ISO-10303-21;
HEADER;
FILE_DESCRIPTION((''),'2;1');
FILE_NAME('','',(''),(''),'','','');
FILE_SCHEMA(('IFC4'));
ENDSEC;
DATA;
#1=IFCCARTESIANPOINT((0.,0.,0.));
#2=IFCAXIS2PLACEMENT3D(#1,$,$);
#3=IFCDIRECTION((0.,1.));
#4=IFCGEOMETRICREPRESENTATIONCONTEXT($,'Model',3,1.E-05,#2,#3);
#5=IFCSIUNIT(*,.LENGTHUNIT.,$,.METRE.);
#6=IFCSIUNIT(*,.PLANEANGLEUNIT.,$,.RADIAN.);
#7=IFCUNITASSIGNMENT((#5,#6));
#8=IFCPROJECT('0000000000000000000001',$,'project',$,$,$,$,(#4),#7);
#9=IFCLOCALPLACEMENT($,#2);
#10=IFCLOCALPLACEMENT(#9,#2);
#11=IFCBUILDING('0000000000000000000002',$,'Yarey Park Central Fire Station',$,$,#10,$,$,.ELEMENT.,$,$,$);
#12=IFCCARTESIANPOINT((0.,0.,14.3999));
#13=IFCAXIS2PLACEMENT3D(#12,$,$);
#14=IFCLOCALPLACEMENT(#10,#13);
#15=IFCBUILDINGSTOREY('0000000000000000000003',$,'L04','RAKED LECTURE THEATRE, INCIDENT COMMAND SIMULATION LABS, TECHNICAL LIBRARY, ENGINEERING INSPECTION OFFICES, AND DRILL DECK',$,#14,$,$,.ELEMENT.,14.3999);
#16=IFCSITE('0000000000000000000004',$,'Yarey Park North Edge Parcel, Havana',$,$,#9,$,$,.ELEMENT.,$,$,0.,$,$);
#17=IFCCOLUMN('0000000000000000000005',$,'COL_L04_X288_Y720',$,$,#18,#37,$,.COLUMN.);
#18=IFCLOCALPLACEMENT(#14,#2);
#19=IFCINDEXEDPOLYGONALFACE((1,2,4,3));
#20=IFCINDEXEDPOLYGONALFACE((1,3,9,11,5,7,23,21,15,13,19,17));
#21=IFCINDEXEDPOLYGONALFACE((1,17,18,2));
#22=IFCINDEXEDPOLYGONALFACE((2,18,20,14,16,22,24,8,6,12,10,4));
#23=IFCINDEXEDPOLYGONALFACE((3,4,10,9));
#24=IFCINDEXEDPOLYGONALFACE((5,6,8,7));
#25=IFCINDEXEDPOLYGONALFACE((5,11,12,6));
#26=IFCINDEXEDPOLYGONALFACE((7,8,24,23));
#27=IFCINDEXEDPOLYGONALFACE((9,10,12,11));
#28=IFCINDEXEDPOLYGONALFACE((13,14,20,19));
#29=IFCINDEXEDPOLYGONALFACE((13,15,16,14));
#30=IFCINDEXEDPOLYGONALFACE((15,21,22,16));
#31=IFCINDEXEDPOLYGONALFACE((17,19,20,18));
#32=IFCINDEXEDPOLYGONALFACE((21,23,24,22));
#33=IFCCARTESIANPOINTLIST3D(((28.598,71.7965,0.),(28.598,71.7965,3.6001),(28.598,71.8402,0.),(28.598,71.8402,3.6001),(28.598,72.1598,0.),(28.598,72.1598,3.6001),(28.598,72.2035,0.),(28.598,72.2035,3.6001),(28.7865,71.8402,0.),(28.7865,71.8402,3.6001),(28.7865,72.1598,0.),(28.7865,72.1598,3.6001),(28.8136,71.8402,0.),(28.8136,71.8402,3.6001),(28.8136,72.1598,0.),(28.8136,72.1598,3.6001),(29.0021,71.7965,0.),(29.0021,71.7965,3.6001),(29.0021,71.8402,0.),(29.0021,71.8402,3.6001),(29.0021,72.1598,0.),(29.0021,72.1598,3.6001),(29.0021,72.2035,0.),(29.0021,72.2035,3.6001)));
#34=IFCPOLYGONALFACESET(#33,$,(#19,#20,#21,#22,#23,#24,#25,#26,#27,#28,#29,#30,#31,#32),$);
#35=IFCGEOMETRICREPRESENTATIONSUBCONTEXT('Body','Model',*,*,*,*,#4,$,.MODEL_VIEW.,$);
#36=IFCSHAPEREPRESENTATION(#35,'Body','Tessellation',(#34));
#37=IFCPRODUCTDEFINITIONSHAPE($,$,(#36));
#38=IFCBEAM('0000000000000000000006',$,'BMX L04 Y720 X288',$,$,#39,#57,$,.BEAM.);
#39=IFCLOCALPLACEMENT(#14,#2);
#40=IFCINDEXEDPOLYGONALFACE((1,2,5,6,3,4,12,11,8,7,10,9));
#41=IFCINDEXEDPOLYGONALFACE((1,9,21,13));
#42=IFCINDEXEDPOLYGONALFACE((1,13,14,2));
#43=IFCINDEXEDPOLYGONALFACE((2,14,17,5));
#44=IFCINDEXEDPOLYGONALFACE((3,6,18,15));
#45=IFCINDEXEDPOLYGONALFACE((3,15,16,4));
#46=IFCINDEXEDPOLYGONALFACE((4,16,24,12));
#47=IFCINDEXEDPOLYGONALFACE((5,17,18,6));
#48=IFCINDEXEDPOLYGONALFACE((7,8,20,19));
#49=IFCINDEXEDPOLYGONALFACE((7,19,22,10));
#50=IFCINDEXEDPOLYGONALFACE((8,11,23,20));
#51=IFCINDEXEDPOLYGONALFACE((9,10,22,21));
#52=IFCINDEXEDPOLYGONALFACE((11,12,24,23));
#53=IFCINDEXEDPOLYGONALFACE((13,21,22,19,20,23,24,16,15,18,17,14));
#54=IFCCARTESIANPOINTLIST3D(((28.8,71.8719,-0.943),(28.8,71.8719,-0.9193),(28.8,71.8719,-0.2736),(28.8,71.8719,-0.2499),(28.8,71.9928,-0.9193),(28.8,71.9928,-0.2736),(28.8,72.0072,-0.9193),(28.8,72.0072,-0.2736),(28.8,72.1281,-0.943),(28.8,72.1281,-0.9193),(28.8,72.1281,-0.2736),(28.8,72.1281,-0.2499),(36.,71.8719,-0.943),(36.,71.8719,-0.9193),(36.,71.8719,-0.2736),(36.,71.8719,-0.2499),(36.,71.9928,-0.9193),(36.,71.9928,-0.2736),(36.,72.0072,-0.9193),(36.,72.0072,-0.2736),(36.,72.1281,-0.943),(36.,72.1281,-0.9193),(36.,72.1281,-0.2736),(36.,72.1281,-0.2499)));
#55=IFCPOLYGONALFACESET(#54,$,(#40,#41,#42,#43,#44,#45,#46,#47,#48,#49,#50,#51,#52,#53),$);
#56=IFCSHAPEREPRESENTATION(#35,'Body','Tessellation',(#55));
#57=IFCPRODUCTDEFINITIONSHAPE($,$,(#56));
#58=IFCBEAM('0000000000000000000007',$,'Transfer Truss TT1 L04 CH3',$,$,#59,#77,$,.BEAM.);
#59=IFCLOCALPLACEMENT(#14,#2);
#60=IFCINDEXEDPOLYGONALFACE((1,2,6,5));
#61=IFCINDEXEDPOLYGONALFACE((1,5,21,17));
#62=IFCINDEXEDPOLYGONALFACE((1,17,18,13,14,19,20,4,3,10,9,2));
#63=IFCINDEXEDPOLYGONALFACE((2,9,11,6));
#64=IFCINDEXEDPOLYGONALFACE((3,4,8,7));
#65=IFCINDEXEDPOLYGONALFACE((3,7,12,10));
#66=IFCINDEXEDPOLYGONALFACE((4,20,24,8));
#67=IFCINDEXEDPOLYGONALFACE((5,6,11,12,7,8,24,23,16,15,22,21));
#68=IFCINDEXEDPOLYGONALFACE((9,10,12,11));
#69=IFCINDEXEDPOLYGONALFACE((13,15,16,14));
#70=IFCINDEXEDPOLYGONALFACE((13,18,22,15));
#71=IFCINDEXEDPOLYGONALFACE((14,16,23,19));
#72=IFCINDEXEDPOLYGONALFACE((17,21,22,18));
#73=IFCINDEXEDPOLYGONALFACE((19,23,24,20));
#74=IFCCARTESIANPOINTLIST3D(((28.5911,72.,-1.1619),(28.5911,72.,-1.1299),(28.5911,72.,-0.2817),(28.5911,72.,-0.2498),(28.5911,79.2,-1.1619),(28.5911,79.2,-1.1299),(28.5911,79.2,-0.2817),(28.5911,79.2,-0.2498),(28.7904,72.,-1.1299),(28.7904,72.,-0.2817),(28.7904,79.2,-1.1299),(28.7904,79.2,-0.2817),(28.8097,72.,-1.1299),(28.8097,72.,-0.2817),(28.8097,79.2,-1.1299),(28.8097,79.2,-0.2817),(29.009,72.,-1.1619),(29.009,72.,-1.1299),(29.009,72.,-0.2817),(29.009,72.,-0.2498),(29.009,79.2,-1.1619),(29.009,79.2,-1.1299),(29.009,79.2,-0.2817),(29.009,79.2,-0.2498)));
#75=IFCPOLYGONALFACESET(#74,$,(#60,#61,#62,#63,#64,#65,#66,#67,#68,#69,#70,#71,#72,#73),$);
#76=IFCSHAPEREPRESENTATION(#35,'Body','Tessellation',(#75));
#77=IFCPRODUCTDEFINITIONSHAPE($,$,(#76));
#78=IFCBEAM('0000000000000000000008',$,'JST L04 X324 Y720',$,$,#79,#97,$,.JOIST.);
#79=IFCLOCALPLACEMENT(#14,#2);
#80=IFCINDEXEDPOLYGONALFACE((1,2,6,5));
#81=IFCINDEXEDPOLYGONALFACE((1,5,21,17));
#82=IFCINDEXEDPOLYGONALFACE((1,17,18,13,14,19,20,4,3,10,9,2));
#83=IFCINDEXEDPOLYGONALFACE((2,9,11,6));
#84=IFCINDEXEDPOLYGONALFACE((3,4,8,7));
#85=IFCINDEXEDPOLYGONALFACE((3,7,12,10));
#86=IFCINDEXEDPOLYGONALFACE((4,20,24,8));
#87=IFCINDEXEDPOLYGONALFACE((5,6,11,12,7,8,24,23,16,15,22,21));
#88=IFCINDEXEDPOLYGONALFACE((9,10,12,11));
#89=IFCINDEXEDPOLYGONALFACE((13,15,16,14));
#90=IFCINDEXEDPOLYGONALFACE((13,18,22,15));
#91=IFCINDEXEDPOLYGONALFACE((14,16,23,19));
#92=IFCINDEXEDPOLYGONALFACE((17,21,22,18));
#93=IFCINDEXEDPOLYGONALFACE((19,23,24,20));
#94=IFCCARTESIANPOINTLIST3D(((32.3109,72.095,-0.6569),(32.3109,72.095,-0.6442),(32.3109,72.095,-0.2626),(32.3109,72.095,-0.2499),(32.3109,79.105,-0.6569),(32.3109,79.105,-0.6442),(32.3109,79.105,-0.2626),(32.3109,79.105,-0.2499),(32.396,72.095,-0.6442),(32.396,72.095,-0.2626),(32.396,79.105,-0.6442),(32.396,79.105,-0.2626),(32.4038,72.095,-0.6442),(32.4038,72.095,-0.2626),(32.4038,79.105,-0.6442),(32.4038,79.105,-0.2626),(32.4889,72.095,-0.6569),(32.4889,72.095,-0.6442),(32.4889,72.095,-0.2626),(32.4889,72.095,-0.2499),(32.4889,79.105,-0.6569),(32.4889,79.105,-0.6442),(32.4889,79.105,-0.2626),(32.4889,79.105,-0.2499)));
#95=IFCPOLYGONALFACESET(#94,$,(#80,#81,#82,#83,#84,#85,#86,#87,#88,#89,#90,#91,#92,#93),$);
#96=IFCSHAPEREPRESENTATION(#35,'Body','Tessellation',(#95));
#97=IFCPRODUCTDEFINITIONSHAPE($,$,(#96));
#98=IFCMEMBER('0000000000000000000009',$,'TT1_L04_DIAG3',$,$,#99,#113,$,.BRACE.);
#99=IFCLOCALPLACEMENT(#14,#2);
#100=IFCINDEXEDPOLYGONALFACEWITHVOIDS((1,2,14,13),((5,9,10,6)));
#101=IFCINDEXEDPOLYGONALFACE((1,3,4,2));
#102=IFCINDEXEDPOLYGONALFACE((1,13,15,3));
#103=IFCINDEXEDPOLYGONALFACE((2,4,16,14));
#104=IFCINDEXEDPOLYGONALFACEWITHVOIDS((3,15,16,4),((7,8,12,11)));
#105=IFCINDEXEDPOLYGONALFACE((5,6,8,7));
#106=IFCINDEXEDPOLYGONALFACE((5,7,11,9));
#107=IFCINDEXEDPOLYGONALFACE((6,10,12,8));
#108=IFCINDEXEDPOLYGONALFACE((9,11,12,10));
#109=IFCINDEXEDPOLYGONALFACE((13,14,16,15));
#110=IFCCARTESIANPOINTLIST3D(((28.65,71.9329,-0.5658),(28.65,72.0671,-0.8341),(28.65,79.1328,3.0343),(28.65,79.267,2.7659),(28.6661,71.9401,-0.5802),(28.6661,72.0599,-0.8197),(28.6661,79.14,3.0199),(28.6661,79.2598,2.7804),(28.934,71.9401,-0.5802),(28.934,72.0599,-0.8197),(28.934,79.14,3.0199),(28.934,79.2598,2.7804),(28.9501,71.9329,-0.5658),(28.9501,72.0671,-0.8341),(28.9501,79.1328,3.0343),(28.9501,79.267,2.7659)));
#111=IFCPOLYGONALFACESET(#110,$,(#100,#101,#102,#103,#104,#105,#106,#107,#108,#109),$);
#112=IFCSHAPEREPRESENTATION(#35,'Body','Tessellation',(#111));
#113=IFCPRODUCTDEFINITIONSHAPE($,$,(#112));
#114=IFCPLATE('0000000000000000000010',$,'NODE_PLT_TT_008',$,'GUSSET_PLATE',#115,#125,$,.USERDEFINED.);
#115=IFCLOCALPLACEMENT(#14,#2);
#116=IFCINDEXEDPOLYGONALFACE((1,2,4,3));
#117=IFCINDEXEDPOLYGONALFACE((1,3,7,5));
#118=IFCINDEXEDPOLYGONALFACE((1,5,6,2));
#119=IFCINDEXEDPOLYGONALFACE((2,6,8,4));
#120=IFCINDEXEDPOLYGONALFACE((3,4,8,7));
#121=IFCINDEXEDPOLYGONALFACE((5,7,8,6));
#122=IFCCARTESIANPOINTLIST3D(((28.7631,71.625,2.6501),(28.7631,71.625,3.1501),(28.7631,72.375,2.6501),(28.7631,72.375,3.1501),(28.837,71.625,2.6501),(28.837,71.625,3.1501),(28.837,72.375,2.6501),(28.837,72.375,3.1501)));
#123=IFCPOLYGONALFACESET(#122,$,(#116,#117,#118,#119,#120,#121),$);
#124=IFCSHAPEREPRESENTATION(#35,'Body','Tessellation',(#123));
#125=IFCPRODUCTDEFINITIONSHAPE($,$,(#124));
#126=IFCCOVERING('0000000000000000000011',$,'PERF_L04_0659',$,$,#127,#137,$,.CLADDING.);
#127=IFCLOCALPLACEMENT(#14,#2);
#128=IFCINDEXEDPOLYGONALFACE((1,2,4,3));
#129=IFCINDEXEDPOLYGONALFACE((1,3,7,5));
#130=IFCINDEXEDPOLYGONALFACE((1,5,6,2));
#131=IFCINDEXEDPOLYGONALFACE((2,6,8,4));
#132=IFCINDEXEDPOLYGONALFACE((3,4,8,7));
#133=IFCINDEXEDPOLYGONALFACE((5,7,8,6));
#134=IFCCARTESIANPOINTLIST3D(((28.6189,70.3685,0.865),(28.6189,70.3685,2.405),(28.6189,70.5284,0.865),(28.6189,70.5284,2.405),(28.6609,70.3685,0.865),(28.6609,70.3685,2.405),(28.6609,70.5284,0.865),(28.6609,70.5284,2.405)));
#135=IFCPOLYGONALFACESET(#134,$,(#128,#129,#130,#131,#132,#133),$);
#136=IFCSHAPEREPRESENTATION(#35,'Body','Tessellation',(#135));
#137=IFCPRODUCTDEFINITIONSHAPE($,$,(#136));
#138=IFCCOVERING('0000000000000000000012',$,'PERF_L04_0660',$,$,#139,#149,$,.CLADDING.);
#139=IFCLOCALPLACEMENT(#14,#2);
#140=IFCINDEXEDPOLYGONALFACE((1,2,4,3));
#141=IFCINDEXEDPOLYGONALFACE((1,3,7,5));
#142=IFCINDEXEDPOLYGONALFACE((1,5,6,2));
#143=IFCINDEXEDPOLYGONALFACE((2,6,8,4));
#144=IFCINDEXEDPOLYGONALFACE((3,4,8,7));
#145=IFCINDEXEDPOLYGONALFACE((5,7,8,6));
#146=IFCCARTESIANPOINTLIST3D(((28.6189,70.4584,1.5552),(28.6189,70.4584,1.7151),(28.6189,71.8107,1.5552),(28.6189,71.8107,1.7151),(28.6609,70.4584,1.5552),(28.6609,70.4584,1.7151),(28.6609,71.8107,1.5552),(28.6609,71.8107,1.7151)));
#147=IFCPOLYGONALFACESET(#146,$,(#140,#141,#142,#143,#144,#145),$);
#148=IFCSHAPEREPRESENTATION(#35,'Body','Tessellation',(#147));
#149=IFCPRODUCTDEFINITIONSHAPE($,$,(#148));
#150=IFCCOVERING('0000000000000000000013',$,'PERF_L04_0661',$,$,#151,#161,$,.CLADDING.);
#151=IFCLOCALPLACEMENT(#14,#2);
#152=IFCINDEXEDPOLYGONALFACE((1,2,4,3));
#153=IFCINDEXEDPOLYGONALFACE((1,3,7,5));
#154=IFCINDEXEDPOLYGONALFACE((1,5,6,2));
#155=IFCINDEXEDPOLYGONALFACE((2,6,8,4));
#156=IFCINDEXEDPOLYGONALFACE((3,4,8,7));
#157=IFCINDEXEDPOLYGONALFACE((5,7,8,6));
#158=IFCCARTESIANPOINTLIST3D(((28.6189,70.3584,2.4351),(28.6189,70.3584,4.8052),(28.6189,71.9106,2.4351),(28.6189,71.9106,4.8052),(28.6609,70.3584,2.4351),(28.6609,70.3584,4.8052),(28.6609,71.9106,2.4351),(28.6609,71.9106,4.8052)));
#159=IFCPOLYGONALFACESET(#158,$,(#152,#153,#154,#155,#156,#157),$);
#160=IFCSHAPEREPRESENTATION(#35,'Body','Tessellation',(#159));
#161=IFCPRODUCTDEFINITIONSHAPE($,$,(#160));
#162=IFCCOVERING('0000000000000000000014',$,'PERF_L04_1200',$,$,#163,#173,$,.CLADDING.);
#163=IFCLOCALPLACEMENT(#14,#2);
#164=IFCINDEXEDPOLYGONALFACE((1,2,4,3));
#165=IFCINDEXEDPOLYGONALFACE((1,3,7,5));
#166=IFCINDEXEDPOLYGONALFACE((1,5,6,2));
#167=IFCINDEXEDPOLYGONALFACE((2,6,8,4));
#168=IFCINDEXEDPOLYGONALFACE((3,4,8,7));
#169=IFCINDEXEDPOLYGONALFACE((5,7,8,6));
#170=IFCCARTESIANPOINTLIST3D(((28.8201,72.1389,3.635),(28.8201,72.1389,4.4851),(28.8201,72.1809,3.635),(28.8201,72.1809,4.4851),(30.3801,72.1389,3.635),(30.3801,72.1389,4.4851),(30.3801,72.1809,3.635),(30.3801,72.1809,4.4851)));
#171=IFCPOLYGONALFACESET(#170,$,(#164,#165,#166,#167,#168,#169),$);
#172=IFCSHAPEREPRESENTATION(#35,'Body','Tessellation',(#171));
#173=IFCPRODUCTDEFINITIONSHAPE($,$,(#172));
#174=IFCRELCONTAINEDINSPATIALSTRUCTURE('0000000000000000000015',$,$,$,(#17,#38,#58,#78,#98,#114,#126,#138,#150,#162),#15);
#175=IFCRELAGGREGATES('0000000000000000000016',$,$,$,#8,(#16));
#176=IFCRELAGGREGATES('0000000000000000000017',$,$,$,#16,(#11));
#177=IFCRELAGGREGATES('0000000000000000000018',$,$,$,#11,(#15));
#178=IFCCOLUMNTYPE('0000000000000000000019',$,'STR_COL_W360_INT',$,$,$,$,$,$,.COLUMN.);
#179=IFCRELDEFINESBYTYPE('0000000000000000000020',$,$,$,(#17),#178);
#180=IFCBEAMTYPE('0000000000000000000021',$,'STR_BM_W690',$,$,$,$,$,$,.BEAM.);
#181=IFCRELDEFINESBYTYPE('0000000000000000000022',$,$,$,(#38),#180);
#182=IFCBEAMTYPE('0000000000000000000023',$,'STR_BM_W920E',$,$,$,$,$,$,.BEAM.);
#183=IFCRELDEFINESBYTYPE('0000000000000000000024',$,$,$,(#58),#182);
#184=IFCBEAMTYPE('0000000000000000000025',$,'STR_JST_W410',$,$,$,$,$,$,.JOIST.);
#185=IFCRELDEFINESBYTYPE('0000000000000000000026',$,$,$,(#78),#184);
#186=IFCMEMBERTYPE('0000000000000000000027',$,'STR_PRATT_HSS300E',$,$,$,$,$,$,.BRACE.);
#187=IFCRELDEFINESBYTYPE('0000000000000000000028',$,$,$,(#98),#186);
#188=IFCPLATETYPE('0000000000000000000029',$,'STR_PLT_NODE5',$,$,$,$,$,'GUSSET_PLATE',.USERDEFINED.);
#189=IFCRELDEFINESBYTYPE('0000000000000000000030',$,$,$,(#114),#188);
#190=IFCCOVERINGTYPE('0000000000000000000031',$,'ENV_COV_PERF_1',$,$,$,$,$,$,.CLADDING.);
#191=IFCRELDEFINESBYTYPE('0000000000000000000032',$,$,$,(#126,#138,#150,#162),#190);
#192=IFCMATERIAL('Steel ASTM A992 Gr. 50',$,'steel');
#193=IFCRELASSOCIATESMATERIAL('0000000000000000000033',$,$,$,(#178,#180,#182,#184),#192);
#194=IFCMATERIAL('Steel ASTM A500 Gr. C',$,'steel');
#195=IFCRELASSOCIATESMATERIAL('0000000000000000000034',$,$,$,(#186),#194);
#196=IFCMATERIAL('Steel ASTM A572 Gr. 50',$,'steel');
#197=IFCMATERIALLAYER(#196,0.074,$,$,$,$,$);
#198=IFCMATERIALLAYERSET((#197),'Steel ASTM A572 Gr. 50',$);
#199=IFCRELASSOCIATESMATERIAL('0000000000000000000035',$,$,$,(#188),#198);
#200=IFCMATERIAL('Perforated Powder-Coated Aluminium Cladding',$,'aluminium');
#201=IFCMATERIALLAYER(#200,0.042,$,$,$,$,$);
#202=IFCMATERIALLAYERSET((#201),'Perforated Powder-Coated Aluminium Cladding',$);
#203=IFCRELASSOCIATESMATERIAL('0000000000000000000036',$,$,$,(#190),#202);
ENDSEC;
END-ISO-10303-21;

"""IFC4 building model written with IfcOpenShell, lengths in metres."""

from ifc_helpers import new_model, si_unit, direction, frame, origin, origin_2d, place, context, subcontext, project, spatial, rectangle, hollow_rectangle, i_section, extrude, material, layer, layer_set, material_profile, profile_set, type_object, element, save


model = new_model("IFC4")

# Units and contexts
model_context = context("Model", 3, precision=1e-05, world=origin(), true_north=direction((0.0, 1.0)))
body_context = subcontext(model_context, "Body", "Model", "MODEL_VIEW")
ifc_project = project(units=[si_unit("LENGTHUNIT", "METRE"), si_unit("PLANEANGLEUNIT", "RADIAN")], contexts=[model_context])

# Site, building, storey
site_placement = place(None, origin())
site = spatial("IfcSite", under=ifc_project, at=site_placement, Name="Yarey Park North Edge Parcel, Havana", CompositionType="ELEMENT", RefElevation=0.0)
building_placement = place(site_placement, origin())
building = spatial("IfcBuilding", under=site, at=building_placement, Name="Yarey Park Central Fire Station", CompositionType="ELEMENT")
storey_placement = place(building_placement, frame((0.0, 0.0, 14.3999)))
storey = spatial("IfcBuildingStorey", under=building, at=storey_placement, Name="L04", Description="RAKED LECTURE THEATRE, INCIDENT COMMAND SIMULATION LABS, TECHNICAL LIBRARY, ENGINEERING INSPECTION OFFICES, AND DRILL DECK", CompositionType="ELEMENT", Elevation=14.3999)

# Column
ifc_material_1 = material(Name="Steel ASTM A992 Gr. 50", Category="steel")
ifc_material_profile_1 = material_profile(ifc_material_1, i_section(OverallWidth=0.4041, OverallDepth=0.407, WebThickness=0.0271, FlangeThickness=0.0437, at=origin_2d()), Name="W360x347")
ifc_profile_set_1 = profile_set([ifc_material_profile_1], Name="Steel ASTM A992 Gr. 50")
column_type = type_object("IfcColumnType", Name="STR_COL_W360_INT", PredefinedType="COLUMN", material=ifc_profile_set_1)
column_placement = place(storey_placement, frame((28.8, 72.0, 0.0), z_axis=(0.0, 0.0, 1.0), x_axis=(1.0, 0.0, 0.0)))
element("IfcColumn", 1, at=column_placement, inside=storey, type_object=column_type, Name="COL_L04_X288_Y720", PredefinedType="COLUMN", context=body_context, shape_type="SweptSolid", body=[
    extrude(i_section(OverallWidth=0.4041, OverallDepth=0.407, WebThickness=0.0271, FlangeThickness=0.0437, at=origin_2d()), origin(), (0.0, 0.0, 1.0), 3.6001),
])

# Beams
ifc_material_profile_2 = material_profile(ifc_material_1, i_section(OverallWidth=0.2561, OverallDepth=0.6931, WebThickness=0.0144, FlangeThickness=0.0237, at=origin_2d()), Name="W690x170")
ifc_profile_set_2 = profile_set([ifc_material_profile_2], Name="Steel ASTM A992 Gr. 50")
beam_type_1 = type_object("IfcBeamType", Name="STR_BM_W690", PredefinedType="BEAM", material=ifc_profile_set_2)
beam_1_placement = place(storey_placement, frame((28.8, 72.0, -0.5964), z_axis=(1.0, 0.0, 0.0), x_axis=(0.0, 1.0, 0.0)))
element("IfcBeam", 2, at=beam_1_placement, inside=storey, type_object=beam_type_1, Name="BMX L04 Y720 X288", PredefinedType="BEAM", context=body_context, shape_type="SweptSolid", body=[
    extrude(i_section(OverallWidth=0.2561, OverallDepth=0.6931, WebThickness=0.0144, FlangeThickness=0.0237, at=origin_2d()), origin(), (0.0, 0.0, 1.0), 7.2),
])
ifc_material_profile_3 = material_profile(ifc_material_1, i_section(OverallWidth=0.418, OverallDepth=0.9121, WebThickness=0.0193, FlangeThickness=0.032, at=origin_2d()), Name="W920x342")
ifc_profile_set_3 = profile_set([ifc_material_profile_3], Name="Steel ASTM A992 Gr. 50")
beam_type_2 = type_object("IfcBeamType", Name="STR_BM_W920E", PredefinedType="BEAM", material=ifc_profile_set_3)
beam_2_placement = place(storey_placement, frame((28.8, 72.0, -0.7058), z_axis=(0.0, 1.0, 0.0), x_axis=(-1.0, 0.0, 0.0)))
element("IfcBeam", 3, at=beam_2_placement, inside=storey, type_object=beam_type_2, Name="Transfer Truss TT1 L04 CH3", PredefinedType="BEAM", context=body_context, shape_type="SweptSolid", body=[
    extrude(i_section(OverallWidth=0.418, OverallDepth=0.9121, WebThickness=0.0193, FlangeThickness=0.032, at=origin_2d()), origin(), (0.0, 0.0, 1.0), 7.2),
])
ifc_material_profile_4 = material_profile(ifc_material_1, i_section(OverallWidth=0.178, OverallDepth=0.407, WebThickness=0.0078, FlangeThickness=0.0127, at=origin_2d()), Name="W410x60")
ifc_profile_set_4 = profile_set([ifc_material_profile_4], Name="Steel ASTM A992 Gr. 50")
beam_type_3 = type_object("IfcBeamType", Name="STR_JST_W410", PredefinedType="JOIST", material=ifc_profile_set_4)
beam_3_placement = place(storey_placement, frame((32.3999, 72.095, -0.4534), z_axis=(0.0, 1.0, 0.0), x_axis=(-1.0, 0.0, 0.0)))
element("IfcBeam", 4, at=beam_3_placement, inside=storey, type_object=beam_type_3, Name="JST L04 X324 Y720", PredefinedType="JOIST", context=body_context, shape_type="SweptSolid", body=[
    extrude(i_section(OverallWidth=0.178, OverallDepth=0.407, WebThickness=0.0078, FlangeThickness=0.0127, at=origin_2d()), origin(), (0.0, 0.0, 1.0), 7.01),
])

# Member
ifc_material_2 = material(Name="Steel ASTM A500 Gr. C", Category="steel")
ifc_material_profile_5 = material_profile(ifc_material_2, hollow_rectangle(XDim=0.3, YDim=0.3, WallThickness=0.0161, at=origin_2d()), Name="HSS 300x300x16")
ifc_profile_set_5 = profile_set([ifc_material_profile_5], Name="Steel ASTM A500 Gr. C")
member_type = type_object("IfcMemberType", Name="STR_PRATT_HSS300E", PredefinedType="BRACE", material=ifc_profile_set_5)
member_placement = place(storey_placement, frame((28.8, 72.0, -0.7), z_axis=(0.0, 0.894421, 0.447226), x_axis=(-1.0, 0.0, 0.0)))
element("IfcMember", 5, at=member_placement, inside=storey, type_object=member_type, Name="TT1_L04_DIAG3", PredefinedType="BRACE", context=body_context, shape_type="SweptSolid", body=[
    extrude(hollow_rectangle(XDim=0.3, YDim=0.3, WallThickness=0.0161, at=origin_2d()), origin(), (0.0, 0.0, 1.0), 8.0498),
])

# Plate
ifc_material_3 = material(Name="Steel ASTM A572 Gr. 50", Category="steel")
ifc_layer_1 = layer(ifc_material_3, 0.074)
ifc_layer_set_1 = layer_set([ifc_layer_1], Name="Steel ASTM A572 Gr. 50")
plate_type = type_object("IfcPlateType", Name="STR_PLT_NODE5", ElementType="GUSSET_PLATE", PredefinedType="USERDEFINED", material=ifc_layer_set_1)
plate_placement = place(storey_placement, frame((28.8, 72.0, 2.6501), z_axis=(0.0, 0.0, 1.0), x_axis=(1.0, 0.0, 0.0)))
element("IfcPlate", 6, at=plate_placement, inside=storey, type_object=plate_type, Name="NODE_PLT_TT_008", ObjectType="GUSSET_PLATE", PredefinedType="USERDEFINED", context=body_context, shape_type="SweptSolid", body=[
    extrude(rectangle(XDim=0.074, YDim=0.75, at=origin_2d()), origin(), (0.0, 0.0, 1.0), 0.5),
])

# Coverings
ifc_material_4 = material(Name="Perforated Powder-Coated Aluminium Cladding", Category="aluminium")
ifc_layer_2 = layer(ifc_material_4, 0.042)
ifc_layer_set_2 = layer_set([ifc_layer_2], Name="Perforated Powder-Coated Aluminium Cladding")
covering_type_1 = type_object("IfcCoveringType", Name="ENV_COV_PERF_1", PredefinedType="CLADDING", material=ifc_layer_set_2)
covering_1_placement = place(storey_placement, frame((28.6399, 70.4485, 0.865), z_axis=(0.0, 0.0, 1.0), x_axis=(0.0, 1.0, 0.0)))
element("IfcCovering", 7, at=covering_1_placement, inside=storey, type_object=covering_type_1, Name="PERF_L04_0659", PredefinedType="CLADDING", context=body_context, shape_type="SweptSolid", body=[
    extrude(rectangle(XDim=0.1599, YDim=0.042, at=origin_2d()), origin(), (0.0, 0.0, 1.0), 1.54),
])
covering_2_placement = place(storey_placement, frame((28.6399, 71.1345, 1.5552), z_axis=(0.0, 0.0, 1.0), x_axis=(0.0, 1.0, 0.0)))
element("IfcCovering", 8, at=covering_2_placement, inside=storey, type_object=covering_type_1, Name="PERF_L04_0660", PredefinedType="CLADDING", context=body_context, shape_type="SweptSolid", body=[
    extrude(rectangle(XDim=1.3523, YDim=0.042, at=origin_2d()), origin(), (0.0, 0.0, 1.0), 0.1599),
])
covering_3_placement = place(storey_placement, frame((28.6399, 71.1345, 2.4351), z_axis=(0.0, 0.0, 1.0), x_axis=(0.0, 1.0, 0.0)))
element("IfcCovering", 9, at=covering_3_placement, inside=storey, type_object=covering_type_1, Name="PERF_L04_0661", PredefinedType="CLADDING", context=body_context, shape_type="SweptSolid", body=[
    extrude(rectangle(XDim=1.5522, YDim=0.042, at=origin_2d()), origin(), (0.0, 0.0, 1.0), 2.3701),
])
for number, where, z_axis, x_axis, name in (
    (10, (29.6001, 72.1599, 3.635), (0.0, 0.0, 1.0), (1.0, 0.0, 0.0), "PERF_L04_1200"),
):
    element("IfcCovering", number, at=place(storey_placement, frame(where, z_axis=z_axis, x_axis=x_axis)), inside=storey, type_object=covering_type_1, Name=name, PredefinedType="CLADDING", context=body_context, shape_type="SweptSolid", body=[
        extrude(rectangle(XDim=1.5601, YDim=0.042, at=origin_2d()), origin(), (0.0, 0.0, 1.0), 0.8501),
    ])

save(model, "model.ifc")
